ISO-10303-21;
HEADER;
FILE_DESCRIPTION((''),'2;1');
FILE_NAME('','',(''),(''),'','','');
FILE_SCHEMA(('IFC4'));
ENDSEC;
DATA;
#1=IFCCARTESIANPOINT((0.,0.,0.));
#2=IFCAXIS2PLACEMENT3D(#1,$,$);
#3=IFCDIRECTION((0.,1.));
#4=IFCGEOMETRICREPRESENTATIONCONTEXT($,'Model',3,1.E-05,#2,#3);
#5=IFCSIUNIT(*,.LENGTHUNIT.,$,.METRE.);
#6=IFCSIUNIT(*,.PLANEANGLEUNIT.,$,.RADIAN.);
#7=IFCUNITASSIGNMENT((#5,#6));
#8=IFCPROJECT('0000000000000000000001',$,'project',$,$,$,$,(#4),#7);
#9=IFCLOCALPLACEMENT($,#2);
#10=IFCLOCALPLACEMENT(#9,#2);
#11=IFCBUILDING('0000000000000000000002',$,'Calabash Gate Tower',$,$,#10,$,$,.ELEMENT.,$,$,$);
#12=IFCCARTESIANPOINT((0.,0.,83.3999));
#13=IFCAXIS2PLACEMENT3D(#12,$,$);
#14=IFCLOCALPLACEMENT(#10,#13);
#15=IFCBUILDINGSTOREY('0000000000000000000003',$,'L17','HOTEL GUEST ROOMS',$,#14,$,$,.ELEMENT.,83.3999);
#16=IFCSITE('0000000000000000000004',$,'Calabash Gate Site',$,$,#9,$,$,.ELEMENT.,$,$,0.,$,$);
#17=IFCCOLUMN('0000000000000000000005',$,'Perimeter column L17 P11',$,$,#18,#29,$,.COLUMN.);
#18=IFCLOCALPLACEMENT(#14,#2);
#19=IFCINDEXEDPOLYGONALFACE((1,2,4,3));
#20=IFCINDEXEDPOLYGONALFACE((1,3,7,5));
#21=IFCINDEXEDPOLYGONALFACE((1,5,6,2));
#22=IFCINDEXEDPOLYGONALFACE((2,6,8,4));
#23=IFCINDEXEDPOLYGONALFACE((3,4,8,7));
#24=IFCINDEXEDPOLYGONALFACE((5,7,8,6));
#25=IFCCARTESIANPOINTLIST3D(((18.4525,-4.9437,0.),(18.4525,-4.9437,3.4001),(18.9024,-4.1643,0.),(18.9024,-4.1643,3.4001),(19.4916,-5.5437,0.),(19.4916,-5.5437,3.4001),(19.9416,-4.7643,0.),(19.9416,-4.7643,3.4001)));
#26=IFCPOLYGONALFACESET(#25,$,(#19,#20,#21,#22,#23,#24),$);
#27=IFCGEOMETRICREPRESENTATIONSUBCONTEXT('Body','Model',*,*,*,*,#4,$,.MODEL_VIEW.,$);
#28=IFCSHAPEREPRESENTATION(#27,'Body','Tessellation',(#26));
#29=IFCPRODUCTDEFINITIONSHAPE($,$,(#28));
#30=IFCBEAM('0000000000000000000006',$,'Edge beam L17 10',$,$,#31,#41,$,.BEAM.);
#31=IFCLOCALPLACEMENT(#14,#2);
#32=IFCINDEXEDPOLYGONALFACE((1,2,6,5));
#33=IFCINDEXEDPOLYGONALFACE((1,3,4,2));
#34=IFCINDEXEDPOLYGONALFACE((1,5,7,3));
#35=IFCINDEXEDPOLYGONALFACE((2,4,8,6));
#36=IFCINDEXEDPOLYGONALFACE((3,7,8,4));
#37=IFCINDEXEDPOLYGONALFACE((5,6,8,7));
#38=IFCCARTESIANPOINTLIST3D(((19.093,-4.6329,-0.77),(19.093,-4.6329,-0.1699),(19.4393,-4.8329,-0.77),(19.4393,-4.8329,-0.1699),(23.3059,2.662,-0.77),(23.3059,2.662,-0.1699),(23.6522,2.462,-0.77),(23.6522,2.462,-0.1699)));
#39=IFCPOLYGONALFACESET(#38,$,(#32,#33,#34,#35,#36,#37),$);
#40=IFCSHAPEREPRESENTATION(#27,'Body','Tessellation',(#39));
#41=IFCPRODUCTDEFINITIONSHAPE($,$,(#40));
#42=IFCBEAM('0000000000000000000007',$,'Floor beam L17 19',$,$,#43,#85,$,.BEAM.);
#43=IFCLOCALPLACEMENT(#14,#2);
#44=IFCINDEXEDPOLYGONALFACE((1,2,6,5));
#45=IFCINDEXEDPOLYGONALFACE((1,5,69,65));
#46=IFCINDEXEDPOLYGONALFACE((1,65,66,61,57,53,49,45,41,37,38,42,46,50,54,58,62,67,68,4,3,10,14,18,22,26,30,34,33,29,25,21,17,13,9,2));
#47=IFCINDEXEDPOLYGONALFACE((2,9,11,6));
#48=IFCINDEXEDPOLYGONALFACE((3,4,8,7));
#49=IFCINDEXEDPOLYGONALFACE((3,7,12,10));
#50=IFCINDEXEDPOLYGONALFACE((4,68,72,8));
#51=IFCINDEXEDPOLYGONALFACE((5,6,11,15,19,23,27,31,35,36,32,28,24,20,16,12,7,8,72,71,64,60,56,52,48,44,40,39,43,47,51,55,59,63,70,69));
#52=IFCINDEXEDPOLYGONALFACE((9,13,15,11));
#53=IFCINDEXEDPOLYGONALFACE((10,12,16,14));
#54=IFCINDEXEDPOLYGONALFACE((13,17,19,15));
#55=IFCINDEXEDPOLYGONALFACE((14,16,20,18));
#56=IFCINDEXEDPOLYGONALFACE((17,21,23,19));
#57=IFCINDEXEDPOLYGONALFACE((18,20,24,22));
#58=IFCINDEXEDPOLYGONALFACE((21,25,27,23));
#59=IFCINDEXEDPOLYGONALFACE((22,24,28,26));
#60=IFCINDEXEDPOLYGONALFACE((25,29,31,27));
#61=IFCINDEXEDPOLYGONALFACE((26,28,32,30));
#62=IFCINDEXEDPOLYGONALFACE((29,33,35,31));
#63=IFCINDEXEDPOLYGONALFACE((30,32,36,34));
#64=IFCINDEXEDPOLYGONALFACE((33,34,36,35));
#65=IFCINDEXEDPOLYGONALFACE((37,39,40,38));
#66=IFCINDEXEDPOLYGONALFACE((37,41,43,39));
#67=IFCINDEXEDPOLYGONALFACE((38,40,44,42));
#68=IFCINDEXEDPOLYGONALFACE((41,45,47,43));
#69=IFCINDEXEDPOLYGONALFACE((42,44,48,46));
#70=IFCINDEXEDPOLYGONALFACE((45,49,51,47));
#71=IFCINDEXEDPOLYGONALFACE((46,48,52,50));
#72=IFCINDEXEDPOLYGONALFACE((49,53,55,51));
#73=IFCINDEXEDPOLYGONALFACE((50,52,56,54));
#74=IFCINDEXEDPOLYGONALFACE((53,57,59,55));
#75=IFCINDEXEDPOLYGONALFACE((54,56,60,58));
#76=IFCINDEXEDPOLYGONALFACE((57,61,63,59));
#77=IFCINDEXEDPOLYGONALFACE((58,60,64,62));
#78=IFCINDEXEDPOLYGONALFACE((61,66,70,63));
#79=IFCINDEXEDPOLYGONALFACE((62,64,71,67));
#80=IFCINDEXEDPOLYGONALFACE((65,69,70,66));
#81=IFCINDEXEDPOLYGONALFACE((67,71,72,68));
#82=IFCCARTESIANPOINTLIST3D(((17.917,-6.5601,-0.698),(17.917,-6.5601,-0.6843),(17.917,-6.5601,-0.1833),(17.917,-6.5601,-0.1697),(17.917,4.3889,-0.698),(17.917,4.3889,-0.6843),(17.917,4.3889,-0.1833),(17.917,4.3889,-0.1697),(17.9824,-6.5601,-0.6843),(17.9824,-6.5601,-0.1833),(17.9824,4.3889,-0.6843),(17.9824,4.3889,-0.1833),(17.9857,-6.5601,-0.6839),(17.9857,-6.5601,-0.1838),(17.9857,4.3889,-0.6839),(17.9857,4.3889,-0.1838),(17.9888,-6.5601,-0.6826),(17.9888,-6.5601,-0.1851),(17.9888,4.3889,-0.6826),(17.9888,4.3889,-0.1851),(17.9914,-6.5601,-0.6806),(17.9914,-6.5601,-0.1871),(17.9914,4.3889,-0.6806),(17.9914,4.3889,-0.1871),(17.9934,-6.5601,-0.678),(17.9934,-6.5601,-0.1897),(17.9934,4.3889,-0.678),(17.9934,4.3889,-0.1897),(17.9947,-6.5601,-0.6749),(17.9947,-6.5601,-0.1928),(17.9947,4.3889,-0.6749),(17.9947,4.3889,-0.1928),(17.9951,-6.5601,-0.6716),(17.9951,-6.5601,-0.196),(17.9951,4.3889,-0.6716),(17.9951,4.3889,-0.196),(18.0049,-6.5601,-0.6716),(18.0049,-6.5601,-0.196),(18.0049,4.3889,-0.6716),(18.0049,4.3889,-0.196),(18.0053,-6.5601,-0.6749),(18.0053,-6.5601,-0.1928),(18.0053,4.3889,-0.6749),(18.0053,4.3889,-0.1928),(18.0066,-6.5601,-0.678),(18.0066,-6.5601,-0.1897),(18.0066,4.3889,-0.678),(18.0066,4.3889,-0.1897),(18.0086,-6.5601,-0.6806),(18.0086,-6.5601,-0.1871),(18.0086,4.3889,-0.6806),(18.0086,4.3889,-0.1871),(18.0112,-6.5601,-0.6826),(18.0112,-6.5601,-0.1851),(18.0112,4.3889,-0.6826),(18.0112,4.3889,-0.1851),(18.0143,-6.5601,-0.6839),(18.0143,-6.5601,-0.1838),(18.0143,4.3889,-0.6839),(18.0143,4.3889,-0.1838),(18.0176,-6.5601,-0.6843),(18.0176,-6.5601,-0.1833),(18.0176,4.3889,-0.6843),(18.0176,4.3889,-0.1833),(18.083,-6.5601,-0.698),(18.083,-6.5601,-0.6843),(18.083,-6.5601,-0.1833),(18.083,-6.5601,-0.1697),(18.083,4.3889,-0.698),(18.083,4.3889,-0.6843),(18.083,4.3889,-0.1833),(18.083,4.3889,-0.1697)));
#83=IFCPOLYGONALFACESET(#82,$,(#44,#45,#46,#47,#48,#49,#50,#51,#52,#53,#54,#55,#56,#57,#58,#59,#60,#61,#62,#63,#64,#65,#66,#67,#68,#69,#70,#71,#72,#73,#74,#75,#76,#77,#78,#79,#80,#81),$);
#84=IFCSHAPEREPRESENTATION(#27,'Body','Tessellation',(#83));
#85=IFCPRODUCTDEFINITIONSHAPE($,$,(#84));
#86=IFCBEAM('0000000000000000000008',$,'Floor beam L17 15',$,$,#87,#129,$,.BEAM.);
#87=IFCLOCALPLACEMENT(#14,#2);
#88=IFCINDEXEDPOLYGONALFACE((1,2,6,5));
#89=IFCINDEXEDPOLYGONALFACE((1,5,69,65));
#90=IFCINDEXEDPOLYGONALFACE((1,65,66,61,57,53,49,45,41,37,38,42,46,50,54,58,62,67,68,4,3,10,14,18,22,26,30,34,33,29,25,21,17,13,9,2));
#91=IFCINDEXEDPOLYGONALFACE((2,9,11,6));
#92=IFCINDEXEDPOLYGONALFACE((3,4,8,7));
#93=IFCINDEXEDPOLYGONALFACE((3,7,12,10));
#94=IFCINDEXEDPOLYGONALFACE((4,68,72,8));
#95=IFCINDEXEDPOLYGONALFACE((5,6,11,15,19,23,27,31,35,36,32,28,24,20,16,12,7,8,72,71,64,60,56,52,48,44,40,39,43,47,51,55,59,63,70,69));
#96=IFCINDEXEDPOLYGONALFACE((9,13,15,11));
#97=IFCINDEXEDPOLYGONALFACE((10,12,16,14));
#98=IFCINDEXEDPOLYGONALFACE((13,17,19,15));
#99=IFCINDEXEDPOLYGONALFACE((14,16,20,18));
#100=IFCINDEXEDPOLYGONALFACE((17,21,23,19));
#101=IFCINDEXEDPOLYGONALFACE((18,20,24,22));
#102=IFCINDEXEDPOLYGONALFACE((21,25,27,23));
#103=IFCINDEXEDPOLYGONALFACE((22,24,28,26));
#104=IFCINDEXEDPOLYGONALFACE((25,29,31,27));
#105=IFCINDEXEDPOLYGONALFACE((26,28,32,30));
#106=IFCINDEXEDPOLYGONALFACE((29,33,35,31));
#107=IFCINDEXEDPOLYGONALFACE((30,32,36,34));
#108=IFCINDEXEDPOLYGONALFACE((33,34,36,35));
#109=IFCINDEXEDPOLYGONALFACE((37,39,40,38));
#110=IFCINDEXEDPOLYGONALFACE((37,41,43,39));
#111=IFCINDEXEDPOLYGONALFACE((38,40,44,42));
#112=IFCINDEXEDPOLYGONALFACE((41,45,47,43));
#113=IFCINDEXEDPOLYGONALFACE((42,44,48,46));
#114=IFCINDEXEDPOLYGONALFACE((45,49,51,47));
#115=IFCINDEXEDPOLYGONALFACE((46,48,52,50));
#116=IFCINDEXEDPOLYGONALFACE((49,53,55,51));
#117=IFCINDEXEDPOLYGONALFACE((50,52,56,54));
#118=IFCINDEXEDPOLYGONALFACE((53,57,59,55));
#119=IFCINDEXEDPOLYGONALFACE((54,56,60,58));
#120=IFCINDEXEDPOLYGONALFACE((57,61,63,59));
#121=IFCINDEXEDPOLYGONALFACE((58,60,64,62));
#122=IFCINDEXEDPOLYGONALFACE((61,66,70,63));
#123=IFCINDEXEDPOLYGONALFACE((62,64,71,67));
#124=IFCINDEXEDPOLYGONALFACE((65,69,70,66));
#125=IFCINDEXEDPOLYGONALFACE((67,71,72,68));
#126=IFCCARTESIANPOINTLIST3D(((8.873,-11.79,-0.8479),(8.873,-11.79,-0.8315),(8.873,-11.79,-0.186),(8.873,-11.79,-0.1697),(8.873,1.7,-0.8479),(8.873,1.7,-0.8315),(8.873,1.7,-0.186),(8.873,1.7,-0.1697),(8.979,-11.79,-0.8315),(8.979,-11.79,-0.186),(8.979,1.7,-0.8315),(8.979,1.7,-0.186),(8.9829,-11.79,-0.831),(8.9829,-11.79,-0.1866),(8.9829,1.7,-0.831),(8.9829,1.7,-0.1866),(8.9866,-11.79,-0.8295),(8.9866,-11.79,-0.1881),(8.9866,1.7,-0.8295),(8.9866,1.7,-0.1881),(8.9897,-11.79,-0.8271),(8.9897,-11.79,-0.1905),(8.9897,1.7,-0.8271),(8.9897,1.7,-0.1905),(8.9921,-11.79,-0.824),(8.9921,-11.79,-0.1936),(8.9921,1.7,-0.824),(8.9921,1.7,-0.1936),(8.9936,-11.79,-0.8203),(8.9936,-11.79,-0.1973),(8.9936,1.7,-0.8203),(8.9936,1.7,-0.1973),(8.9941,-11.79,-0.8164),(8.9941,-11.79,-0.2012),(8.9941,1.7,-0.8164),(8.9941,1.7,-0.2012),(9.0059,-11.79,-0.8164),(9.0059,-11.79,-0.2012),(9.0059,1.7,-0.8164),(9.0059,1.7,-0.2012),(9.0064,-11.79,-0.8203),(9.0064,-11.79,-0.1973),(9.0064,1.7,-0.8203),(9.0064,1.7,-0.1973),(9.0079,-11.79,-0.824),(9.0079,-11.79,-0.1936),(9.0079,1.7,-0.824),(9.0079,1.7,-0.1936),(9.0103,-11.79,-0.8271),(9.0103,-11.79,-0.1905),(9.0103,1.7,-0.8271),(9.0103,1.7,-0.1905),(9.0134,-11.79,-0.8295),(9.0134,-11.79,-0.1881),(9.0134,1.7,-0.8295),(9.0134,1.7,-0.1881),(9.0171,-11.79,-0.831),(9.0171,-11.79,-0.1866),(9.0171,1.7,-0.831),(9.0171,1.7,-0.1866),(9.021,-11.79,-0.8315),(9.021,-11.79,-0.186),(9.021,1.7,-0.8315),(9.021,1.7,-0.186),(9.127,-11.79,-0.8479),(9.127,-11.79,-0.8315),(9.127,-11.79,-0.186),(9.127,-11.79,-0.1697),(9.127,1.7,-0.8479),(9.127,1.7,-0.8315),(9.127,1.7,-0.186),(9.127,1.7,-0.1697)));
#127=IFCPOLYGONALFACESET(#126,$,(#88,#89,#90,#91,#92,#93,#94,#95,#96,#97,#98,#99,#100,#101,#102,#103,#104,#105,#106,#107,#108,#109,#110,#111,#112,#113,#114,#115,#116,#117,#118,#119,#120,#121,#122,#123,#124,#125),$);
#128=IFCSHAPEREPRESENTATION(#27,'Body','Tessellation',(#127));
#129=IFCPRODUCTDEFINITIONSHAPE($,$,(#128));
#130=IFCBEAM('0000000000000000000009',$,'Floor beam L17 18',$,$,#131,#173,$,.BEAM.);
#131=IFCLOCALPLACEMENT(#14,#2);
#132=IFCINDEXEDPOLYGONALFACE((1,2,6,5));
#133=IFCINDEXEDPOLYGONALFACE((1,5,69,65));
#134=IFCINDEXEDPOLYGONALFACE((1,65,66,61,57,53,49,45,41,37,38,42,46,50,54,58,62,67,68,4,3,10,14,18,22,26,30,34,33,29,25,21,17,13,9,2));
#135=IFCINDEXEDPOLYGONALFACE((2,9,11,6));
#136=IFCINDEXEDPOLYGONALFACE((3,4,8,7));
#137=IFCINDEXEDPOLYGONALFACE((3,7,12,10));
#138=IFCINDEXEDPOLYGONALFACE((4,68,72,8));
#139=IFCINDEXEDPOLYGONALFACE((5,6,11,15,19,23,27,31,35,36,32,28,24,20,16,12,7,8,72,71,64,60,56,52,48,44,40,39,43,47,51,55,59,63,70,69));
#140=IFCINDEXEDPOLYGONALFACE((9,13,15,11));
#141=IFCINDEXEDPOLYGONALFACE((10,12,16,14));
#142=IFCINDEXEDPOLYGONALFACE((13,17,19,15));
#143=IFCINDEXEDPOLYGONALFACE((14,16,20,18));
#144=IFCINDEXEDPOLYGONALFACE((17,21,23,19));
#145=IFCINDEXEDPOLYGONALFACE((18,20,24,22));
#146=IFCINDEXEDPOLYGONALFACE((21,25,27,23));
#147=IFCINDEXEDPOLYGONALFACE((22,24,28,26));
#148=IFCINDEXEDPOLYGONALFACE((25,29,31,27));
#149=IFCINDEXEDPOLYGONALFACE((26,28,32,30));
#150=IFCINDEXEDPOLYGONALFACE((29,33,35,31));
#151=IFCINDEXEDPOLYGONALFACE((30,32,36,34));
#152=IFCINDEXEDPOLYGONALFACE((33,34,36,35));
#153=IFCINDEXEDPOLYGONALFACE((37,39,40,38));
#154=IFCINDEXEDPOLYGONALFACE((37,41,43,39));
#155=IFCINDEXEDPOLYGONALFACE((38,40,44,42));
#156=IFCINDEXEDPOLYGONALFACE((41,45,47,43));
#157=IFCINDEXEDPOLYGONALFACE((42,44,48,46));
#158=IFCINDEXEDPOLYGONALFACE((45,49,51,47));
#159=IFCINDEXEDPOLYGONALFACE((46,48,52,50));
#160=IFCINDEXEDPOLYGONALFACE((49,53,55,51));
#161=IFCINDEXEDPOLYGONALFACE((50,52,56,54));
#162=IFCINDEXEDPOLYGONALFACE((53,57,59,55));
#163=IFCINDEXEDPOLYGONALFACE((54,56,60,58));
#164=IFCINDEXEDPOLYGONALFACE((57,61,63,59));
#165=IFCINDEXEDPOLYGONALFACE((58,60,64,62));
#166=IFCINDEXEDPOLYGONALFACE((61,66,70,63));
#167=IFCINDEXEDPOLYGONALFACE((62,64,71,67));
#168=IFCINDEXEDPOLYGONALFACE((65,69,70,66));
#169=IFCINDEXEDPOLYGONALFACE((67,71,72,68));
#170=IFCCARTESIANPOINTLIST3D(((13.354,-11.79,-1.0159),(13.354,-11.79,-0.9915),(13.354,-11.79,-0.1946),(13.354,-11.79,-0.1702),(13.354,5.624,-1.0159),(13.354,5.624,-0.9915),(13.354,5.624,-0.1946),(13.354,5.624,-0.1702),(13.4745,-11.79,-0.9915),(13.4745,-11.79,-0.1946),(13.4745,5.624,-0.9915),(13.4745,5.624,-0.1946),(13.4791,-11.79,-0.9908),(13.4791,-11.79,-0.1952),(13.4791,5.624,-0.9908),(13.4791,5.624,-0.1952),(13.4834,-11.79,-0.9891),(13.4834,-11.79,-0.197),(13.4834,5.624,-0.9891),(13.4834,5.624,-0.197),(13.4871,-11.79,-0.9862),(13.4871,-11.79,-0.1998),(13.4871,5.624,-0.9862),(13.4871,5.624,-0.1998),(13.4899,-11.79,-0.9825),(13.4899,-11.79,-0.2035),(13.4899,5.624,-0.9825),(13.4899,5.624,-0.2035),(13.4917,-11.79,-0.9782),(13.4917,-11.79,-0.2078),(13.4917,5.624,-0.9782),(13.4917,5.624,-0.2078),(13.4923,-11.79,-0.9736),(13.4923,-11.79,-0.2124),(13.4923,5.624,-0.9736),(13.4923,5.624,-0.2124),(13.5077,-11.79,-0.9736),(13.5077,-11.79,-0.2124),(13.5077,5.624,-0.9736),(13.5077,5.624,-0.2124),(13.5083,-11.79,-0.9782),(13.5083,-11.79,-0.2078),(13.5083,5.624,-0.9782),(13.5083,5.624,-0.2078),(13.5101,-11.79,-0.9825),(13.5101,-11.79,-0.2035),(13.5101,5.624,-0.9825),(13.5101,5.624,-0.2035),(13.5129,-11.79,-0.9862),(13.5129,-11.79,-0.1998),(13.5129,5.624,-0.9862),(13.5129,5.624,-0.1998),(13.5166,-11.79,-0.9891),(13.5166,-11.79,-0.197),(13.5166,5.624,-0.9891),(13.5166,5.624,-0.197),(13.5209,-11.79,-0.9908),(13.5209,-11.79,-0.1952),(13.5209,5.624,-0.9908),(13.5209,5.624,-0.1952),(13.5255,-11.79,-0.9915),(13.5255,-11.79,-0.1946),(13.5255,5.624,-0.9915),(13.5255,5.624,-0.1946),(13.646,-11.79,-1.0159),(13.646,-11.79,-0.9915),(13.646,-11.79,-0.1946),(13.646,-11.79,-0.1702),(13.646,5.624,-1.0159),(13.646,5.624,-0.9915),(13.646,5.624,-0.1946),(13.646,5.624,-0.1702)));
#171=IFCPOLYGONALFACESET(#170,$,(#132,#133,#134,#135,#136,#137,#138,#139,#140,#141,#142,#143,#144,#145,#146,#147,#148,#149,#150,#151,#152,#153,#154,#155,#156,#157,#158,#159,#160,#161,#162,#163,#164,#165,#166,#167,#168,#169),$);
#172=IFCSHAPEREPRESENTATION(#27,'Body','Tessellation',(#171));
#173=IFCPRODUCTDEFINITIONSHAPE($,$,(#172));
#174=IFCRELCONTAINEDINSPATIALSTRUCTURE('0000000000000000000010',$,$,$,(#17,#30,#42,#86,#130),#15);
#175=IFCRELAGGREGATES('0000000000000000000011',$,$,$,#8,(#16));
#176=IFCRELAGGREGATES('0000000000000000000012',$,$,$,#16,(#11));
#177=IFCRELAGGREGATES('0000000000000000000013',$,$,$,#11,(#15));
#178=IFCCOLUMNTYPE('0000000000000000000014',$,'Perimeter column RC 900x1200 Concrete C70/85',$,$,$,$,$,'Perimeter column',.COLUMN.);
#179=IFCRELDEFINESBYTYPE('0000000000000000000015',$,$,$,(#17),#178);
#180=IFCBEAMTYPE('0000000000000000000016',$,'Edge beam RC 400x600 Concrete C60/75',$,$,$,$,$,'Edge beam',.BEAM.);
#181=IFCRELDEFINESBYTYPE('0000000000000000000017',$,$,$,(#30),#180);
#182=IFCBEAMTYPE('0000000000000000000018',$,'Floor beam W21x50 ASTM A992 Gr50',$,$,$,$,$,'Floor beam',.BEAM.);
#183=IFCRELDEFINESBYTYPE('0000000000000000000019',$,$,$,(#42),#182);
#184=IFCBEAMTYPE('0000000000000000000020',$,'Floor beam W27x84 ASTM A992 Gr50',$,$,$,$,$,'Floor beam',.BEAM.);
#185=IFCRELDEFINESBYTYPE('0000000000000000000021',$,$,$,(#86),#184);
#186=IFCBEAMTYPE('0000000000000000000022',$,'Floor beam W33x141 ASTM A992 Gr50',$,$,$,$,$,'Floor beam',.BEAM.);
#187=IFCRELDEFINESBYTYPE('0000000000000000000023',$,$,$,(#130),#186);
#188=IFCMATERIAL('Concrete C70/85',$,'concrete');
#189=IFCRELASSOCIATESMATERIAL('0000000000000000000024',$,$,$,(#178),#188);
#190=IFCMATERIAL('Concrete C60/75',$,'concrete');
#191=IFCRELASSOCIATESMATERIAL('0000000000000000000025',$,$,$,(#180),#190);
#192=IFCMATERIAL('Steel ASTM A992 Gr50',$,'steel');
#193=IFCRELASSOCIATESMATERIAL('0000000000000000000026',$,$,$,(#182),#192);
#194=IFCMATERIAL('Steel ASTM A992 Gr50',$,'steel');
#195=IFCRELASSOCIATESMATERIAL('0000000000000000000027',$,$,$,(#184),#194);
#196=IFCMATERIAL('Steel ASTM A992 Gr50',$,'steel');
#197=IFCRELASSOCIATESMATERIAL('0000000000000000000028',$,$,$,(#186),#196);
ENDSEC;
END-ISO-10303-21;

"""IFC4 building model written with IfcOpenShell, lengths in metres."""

from ifc_helpers import new_model, si_unit, direction, frame, origin, origin_2d, place, context, subcontext, project, spatial, rectangle, i_section, extrude, material, material_profile, profile_set, type_object, element, save


model = new_model("IFC4")

# Units and contexts
model_context = context("Model", 3, precision=1e-05, world=origin(), true_north=direction((0.0, 1.0)))
body_context = subcontext(model_context, "Body", "Model", "MODEL_VIEW")
ifc_project = project(units=[si_unit("LENGTHUNIT", "METRE"), si_unit("PLANEANGLEUNIT", "RADIAN")], contexts=[model_context])

# Site, building, storey
site_placement = place(None, origin())
site = spatial("IfcSite", under=ifc_project, at=site_placement, Name="Calabash Gate Site", CompositionType="ELEMENT", RefElevation=0.0)
building_placement = place(site_placement, origin())
building = spatial("IfcBuilding", under=site, at=building_placement, Name="Calabash Gate Tower", CompositionType="ELEMENT")
storey_placement = place(building_placement, frame((0.0, 0.0, 83.3999)))
storey = spatial("IfcBuildingStorey", under=building, at=storey_placement, Name="L17", Description="HOTEL GUEST ROOMS", CompositionType="ELEMENT", Elevation=83.3999)

# Column
ifc_material_1 = material(Name="Concrete C70/85", Category="concrete")
ifc_material_profile_1 = material_profile(ifc_material_1, rectangle(XDim=0.8999, YDim=1.2, at=origin_2d()))
ifc_profile_set_1 = profile_set([ifc_material_profile_1], Name="Concrete C70/85")
column_type = type_object("IfcColumnType", Name="Perimeter column RC 900x1200 Concrete C70/85", ElementType="Perimeter column", PredefinedType="COLUMN", material=ifc_profile_set_1)
column_placement = place(storey_placement, frame((19.197, -4.854, 0.0), z_axis=(0.0, 0.0, 1.0), x_axis=(0.5, 0.866025, 0.0)))
element("IfcColumn", 1, at=column_placement, inside=storey, type_object=column_type, Name="Perimeter column L17 P11", PredefinedType="COLUMN", context=body_context, shape_type="SweptSolid", body=[
    extrude(rectangle(XDim=0.8999, YDim=1.2, at=origin_2d()), origin(), (0.0, 0.0, 1.0), 3.4001),
])

# Beams
ifc_material_2 = material(Name="Concrete C60/75", Category="concrete")
ifc_material_profile_2 = material_profile(ifc_material_2, rectangle(XDim=0.3999, YDim=0.6001, at=origin_2d()))
ifc_profile_set_2 = profile_set([ifc_material_profile_2], Name="Concrete C60/75")
beam_type_1 = type_object("IfcBeamType", Name="Edge beam RC 400x600 Concrete C60/75", ElementType="Edge beam", PredefinedType="BEAM", material=ifc_profile_set_2)
beam_1_placement = place(storey_placement, frame((19.2661, -4.7329, -0.47), z_axis=(0.500104, 0.865965, 0.0), x_axis=(-0.865965, 0.500104, 0.0)))
element("IfcBeam", 2, at=beam_1_placement, inside=storey, type_object=beam_type_1, Name="Edge beam L17 10", PredefinedType="BEAM", context=body_context, shape_type="SweptSolid", body=[
    extrude(rectangle(XDim=0.3999, YDim=0.6001, at=origin_2d()), origin(), (0.0, 0.0, 1.0), 8.4241),
])
ifc_material_3 = material(Name="Steel ASTM A992 Gr50", Category="steel")
ifc_material_profile_3 = material_profile(ifc_material_3, i_section(OverallWidth=0.166, OverallDepth=0.5283, WebThickness=0.0098, FlangeThickness=0.0137, FilletRadius=0.0127, at=origin_2d()))
ifc_profile_set_3 = profile_set([ifc_material_profile_3], Name="Steel ASTM A992 Gr50")
beam_type_2 = type_object("IfcBeamType", Name="Floor beam W21x50 ASTM A992 Gr50", ElementType="Floor beam", PredefinedType="BEAM", material=ifc_profile_set_3)
beam_2_placement = place(storey_placement, frame((18.0, -6.5601, -0.4338), z_axis=(0.0, 1.0, 0.0), x_axis=(-1.0, 0.0, 0.0)))
element("IfcBeam", 3, at=beam_2_placement, inside=storey, type_object=beam_type_2, Name="Floor beam L17 19", PredefinedType="BEAM", context=body_context, shape_type="SweptSolid", body=[
    extrude(i_section(OverallWidth=0.166, OverallDepth=0.5283, WebThickness=0.0098, FlangeThickness=0.0137, FilletRadius=0.0127, at=origin_2d()), origin(), (0.0, 0.0, 1.0), 10.949),
])
ifc_material_4 = material(Name="Steel ASTM A992 Gr50", Category="steel")
ifc_material_profile_4 = material_profile(ifc_material_4, i_section(OverallWidth=0.2539, OverallDepth=0.6782, WebThickness=0.0117, FlangeThickness=0.0164, FilletRadius=0.0151, at=origin_2d()))
ifc_profile_set_4 = profile_set([ifc_material_profile_4], Name="Steel ASTM A992 Gr50")
beam_type_3 = type_object("IfcBeamType", Name="Floor beam W27x84 ASTM A992 Gr50", ElementType="Floor beam", PredefinedType="BEAM", material=ifc_profile_set_4)
beam_3_placement = place(storey_placement, frame((9.0, -11.79, -0.5088), z_axis=(0.0, 1.0, 0.0), x_axis=(-1.0, 0.0, 0.0)))
element("IfcBeam", 4, at=beam_3_placement, inside=storey, type_object=beam_type_3, Name="Floor beam L17 15", PredefinedType="BEAM", context=body_context, shape_type="SweptSolid", body=[
    extrude(i_section(OverallWidth=0.2539, OverallDepth=0.6782, WebThickness=0.0117, FlangeThickness=0.0164, FilletRadius=0.0151, at=origin_2d()), origin(), (0.0, 0.0, 1.0), 13.49),
])
ifc_material_5 = material(Name="Steel ASTM A992 Gr50", Category="steel")
ifc_material_profile_5 = material_profile(ifc_material_5, i_section(OverallWidth=0.292, OverallDepth=0.8457, WebThickness=0.0154, FlangeThickness=0.0244, FilletRadius=0.0178, at=origin_2d()))
ifc_profile_set_5 = profile_set([ifc_material_profile_5], Name="Steel ASTM A992 Gr50")
beam_type_4 = type_object("IfcBeamType", Name="Floor beam W33x141 ASTM A992 Gr50", ElementType="Floor beam", PredefinedType="BEAM", material=ifc_profile_set_5)
beam_4_placement = place(storey_placement, frame((13.5, -11.79, -0.593), z_axis=(0.0, 1.0, 0.0), x_axis=(-1.0, 0.0, 0.0)))
element("IfcBeam", 5, at=beam_4_placement, inside=storey, type_object=beam_type_4, Name="Floor beam L17 18", PredefinedType="BEAM", context=body_context, shape_type="SweptSolid", body=[
    extrude(i_section(OverallWidth=0.292, OverallDepth=0.8457, WebThickness=0.0154, FlangeThickness=0.0244, FilletRadius=0.0178, at=origin_2d()), origin(), (0.0, 0.0, 1.0), 17.4141),
])

save(model, "model.ifc")
